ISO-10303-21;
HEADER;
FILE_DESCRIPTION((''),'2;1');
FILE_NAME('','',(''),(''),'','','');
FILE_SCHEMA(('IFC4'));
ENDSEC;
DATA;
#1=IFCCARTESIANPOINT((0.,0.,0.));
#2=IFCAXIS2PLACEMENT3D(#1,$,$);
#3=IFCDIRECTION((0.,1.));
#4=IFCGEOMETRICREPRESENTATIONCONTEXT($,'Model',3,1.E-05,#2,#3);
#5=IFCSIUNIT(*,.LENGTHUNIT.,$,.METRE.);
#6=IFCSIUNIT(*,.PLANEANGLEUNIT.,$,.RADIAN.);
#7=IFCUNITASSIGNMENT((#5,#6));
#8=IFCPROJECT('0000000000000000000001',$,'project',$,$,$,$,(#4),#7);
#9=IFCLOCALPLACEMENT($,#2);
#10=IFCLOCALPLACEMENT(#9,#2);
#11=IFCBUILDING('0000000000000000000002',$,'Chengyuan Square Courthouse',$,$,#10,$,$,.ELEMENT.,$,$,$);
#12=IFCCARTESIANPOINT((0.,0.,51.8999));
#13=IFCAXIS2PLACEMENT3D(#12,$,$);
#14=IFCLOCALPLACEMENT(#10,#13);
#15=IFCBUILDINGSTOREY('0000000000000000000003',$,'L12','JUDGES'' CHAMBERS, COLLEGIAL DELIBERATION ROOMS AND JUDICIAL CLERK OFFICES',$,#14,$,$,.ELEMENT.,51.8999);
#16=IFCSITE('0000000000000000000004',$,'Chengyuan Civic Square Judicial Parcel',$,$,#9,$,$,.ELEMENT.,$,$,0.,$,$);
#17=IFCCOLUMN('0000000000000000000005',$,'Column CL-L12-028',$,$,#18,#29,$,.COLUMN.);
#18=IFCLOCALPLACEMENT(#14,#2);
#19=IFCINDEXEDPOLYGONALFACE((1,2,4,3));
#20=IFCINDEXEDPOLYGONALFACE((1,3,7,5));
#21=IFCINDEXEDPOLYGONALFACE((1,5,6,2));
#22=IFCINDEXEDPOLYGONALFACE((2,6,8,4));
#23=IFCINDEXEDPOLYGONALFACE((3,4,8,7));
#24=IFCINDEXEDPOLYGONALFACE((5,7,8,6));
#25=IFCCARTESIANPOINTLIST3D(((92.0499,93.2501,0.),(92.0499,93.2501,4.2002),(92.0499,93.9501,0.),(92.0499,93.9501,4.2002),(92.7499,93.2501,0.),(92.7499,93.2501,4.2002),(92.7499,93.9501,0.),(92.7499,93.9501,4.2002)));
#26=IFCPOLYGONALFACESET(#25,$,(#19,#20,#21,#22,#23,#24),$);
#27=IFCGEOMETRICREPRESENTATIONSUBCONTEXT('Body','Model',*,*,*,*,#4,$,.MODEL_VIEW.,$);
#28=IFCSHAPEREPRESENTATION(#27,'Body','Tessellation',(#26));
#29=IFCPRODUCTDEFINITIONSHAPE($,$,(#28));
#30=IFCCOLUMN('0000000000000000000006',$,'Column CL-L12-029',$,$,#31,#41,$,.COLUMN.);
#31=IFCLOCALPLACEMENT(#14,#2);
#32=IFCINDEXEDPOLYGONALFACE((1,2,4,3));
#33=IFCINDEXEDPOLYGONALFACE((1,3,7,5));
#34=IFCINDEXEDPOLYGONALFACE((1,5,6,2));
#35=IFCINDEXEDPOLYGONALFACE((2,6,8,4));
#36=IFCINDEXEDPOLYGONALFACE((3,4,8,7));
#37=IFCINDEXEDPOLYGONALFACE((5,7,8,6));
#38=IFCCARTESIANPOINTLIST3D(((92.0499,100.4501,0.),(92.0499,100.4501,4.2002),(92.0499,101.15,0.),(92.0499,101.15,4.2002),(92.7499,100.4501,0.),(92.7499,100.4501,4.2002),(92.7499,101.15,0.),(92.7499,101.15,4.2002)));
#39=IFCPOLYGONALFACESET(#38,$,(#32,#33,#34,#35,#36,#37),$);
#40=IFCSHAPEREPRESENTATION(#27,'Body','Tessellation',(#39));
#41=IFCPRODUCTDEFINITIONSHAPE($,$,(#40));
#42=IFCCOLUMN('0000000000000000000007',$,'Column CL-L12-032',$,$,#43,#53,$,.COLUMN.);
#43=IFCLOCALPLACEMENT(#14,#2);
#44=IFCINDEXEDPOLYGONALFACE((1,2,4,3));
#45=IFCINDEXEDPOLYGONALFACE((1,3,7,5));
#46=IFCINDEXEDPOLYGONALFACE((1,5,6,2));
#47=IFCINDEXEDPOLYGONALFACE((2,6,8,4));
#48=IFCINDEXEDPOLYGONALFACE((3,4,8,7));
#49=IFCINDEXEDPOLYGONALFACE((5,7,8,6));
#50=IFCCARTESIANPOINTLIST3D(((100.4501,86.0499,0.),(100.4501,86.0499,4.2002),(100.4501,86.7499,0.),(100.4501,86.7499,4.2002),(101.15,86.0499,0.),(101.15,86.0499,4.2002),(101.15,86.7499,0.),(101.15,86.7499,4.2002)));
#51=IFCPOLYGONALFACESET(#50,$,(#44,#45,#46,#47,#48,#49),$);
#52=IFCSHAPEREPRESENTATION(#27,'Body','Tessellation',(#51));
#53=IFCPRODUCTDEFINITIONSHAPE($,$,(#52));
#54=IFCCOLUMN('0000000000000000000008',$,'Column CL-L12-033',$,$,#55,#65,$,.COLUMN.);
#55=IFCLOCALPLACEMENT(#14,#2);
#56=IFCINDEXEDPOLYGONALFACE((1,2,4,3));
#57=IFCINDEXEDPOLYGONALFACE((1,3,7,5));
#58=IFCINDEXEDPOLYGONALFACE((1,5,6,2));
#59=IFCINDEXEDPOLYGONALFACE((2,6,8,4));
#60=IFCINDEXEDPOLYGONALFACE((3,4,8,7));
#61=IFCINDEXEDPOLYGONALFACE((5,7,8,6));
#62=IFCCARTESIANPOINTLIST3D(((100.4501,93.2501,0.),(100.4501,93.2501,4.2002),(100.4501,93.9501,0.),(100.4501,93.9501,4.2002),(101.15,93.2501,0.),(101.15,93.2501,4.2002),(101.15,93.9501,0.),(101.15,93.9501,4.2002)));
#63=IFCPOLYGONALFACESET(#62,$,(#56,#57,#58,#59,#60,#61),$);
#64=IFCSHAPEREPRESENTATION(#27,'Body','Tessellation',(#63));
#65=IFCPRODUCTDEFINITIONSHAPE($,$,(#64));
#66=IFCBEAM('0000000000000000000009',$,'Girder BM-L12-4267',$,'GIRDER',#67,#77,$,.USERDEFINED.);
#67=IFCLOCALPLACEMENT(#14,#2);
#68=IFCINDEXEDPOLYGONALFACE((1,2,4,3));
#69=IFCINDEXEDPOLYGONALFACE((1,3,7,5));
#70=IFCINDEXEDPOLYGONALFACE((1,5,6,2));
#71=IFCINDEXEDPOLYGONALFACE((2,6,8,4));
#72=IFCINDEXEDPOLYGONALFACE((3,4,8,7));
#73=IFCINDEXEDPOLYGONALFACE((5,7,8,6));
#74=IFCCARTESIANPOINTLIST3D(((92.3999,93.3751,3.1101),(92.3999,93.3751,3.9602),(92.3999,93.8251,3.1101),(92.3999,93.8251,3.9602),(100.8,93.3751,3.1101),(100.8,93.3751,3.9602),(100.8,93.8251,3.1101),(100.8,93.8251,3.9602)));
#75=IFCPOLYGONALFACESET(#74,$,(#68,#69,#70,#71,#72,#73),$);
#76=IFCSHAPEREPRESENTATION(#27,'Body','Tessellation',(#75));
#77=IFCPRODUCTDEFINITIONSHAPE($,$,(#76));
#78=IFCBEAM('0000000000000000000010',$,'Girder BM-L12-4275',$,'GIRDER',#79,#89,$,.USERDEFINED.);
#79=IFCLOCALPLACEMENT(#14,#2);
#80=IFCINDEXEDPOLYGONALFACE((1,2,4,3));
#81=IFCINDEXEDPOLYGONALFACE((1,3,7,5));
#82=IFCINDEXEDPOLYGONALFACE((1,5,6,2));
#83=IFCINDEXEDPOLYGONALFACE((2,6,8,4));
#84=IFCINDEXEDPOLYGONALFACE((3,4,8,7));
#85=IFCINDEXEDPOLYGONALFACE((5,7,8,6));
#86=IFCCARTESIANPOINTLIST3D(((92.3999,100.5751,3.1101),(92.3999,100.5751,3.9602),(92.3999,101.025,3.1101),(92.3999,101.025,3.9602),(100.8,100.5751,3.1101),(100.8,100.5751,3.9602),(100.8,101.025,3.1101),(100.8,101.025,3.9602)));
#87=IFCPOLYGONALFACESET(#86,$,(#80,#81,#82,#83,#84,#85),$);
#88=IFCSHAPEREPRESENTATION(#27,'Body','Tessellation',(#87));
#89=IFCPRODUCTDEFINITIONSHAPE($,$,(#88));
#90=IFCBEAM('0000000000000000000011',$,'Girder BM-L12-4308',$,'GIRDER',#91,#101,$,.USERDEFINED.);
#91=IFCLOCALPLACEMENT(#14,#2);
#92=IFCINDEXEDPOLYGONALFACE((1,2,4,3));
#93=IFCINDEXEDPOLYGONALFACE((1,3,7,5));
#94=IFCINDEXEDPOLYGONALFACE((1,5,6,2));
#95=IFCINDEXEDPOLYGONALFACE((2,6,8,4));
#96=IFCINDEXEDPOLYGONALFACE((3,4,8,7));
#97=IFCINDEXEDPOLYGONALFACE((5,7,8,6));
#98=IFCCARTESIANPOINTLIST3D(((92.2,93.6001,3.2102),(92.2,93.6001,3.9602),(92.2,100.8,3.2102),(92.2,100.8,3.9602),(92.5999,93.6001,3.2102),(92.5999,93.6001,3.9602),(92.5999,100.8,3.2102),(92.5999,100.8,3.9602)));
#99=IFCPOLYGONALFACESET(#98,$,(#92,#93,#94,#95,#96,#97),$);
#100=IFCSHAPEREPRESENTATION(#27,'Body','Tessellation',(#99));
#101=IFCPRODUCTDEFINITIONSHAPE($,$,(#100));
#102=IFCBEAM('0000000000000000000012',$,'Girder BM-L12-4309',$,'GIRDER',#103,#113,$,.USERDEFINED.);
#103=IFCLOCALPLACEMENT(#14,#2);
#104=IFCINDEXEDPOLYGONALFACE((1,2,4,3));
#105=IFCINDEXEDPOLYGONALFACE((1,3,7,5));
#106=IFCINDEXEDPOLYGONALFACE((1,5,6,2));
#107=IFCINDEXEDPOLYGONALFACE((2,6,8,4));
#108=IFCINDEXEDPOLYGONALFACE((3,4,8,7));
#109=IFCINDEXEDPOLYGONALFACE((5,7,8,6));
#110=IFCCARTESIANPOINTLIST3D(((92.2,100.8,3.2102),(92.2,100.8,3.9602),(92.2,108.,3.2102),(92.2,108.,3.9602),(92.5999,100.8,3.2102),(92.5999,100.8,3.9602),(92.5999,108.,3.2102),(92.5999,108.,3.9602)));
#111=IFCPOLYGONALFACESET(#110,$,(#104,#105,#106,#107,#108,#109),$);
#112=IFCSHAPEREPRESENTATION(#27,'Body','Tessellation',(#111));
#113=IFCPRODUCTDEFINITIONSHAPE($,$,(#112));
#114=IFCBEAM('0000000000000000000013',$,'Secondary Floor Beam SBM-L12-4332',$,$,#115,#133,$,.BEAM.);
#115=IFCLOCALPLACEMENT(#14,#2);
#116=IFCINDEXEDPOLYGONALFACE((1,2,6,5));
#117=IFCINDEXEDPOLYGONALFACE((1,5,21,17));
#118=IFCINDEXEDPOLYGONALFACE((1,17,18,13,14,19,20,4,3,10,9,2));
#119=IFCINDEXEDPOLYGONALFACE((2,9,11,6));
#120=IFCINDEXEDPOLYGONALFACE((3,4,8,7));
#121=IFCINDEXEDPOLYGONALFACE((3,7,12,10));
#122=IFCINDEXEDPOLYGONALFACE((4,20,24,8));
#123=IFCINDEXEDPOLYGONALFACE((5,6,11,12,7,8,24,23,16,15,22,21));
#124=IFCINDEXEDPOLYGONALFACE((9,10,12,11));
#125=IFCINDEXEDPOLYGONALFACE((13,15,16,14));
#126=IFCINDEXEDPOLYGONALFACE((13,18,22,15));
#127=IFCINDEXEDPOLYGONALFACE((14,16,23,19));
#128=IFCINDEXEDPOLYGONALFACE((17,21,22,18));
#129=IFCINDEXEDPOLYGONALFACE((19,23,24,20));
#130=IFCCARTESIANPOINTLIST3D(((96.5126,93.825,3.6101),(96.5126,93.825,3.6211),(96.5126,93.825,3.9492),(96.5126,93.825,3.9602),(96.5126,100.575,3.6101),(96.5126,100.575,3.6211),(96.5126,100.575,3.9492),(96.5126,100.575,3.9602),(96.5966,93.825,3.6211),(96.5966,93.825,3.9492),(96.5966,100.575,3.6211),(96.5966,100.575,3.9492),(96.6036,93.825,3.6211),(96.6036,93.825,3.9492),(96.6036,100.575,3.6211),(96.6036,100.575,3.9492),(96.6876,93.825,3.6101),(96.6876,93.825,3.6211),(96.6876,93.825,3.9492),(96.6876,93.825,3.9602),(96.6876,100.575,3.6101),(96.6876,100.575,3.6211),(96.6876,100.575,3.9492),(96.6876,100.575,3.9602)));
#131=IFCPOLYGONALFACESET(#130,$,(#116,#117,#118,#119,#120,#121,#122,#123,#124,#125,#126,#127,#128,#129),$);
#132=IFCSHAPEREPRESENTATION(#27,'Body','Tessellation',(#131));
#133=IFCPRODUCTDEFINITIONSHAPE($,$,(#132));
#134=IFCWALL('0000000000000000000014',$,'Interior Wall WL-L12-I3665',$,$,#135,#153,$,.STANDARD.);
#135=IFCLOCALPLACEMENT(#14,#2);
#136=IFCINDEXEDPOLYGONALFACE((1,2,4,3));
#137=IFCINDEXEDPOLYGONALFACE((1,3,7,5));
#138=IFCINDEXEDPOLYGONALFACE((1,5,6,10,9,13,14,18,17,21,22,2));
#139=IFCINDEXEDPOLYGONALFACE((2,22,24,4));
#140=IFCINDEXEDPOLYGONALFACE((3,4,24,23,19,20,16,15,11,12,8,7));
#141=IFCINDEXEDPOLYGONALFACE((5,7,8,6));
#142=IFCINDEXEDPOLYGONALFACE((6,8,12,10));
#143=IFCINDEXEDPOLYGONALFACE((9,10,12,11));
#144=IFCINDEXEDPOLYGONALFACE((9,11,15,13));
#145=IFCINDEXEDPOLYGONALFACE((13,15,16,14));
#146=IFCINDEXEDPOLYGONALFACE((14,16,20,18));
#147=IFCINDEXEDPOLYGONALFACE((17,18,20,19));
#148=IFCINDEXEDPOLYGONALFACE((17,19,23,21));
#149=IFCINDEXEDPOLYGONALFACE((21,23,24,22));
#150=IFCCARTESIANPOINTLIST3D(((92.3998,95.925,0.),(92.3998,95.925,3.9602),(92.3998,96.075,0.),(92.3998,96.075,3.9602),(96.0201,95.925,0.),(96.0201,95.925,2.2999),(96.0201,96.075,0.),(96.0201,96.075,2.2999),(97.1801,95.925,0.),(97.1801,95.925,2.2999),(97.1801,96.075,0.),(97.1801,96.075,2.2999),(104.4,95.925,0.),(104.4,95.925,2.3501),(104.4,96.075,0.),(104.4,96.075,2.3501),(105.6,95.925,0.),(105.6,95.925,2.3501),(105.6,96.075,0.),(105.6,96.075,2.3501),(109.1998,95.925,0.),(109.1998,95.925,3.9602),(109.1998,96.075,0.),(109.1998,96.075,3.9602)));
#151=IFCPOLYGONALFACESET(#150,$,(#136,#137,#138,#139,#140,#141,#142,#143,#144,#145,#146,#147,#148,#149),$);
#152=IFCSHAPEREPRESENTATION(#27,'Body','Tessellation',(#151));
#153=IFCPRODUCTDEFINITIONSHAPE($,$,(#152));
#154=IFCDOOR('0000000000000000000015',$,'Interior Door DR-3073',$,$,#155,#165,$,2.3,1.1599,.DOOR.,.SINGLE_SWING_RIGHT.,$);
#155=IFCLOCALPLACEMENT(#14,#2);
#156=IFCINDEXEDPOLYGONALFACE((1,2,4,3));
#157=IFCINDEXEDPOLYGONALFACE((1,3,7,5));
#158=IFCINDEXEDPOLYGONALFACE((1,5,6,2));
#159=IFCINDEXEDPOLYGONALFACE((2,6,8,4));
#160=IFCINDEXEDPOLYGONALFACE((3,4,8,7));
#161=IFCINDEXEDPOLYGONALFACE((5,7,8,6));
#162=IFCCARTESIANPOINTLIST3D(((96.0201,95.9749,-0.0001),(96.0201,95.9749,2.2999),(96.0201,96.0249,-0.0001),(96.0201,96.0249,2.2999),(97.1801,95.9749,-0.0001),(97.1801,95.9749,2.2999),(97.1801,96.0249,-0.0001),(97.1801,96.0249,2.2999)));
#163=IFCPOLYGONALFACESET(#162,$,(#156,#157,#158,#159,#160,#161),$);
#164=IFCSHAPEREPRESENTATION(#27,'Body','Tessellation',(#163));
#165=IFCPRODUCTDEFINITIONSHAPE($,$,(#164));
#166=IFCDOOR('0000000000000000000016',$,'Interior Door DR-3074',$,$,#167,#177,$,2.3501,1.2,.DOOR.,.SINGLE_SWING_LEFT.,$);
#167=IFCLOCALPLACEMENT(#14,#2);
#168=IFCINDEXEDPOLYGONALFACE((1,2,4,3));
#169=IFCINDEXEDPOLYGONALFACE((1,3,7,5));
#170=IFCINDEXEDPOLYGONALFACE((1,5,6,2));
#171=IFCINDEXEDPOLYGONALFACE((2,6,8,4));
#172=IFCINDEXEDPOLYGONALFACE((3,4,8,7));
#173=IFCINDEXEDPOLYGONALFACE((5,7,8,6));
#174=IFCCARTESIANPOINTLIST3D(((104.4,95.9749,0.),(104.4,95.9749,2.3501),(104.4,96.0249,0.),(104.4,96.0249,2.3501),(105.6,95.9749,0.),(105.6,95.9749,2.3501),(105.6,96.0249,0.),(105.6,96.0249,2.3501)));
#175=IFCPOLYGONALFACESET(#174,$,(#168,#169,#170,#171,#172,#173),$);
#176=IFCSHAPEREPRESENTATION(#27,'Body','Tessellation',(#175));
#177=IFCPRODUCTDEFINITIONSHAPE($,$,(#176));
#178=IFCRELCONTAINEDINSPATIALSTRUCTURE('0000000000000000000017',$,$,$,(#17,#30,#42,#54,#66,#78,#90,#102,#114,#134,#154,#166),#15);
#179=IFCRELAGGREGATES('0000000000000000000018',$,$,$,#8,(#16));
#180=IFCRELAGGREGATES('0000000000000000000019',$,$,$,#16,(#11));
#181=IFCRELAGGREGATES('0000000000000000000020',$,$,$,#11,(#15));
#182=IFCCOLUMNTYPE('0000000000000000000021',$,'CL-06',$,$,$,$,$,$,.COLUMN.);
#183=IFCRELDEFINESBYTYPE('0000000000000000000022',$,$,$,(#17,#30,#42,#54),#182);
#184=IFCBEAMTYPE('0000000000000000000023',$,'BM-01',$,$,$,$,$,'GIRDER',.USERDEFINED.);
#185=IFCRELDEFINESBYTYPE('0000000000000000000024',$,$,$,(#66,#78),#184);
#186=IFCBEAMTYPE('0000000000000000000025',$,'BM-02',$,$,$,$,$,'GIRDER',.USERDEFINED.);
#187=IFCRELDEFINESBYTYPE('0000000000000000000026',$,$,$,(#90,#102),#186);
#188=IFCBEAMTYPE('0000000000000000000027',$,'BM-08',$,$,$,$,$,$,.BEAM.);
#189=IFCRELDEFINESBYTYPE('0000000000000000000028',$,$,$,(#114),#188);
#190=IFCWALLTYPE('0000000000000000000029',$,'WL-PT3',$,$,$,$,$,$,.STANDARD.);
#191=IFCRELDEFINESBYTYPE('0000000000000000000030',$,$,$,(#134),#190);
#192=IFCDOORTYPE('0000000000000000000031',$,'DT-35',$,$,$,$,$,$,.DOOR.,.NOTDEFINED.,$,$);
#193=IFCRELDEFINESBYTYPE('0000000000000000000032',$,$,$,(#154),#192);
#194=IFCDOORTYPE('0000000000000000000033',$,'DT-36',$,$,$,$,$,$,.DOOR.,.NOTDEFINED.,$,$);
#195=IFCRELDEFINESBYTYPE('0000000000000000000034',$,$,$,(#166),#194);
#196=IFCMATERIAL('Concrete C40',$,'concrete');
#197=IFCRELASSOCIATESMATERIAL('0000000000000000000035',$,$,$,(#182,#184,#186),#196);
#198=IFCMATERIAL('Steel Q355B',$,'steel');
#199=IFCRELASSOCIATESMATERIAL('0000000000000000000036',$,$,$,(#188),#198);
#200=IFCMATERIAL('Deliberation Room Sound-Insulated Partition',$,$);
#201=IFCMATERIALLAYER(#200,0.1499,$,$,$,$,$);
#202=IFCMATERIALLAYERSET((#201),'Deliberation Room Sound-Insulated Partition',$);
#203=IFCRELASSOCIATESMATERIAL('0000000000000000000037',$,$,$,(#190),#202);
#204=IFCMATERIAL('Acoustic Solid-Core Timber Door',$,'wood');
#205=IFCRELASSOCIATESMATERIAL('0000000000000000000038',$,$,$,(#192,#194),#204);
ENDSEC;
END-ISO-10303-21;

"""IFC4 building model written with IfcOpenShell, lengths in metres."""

from ifc_helpers import new_model, si_unit, direction, frame, frame_2d, origin, origin_2d, place, context, subcontext, project, spatial, rectangle, i_section, extrude, material, layer, layer_set, material_profile, profile_set, type_object, element, fill, save


model = new_model("IFC4")

# Units and contexts
model_context = context("Model", 3, precision=1e-05, world=origin(), true_north=direction((0.0, 1.0)))
body_context = subcontext(model_context, "Body", "Model", "MODEL_VIEW")
ifc_project = project(units=[si_unit("LENGTHUNIT", "METRE"), si_unit("PLANEANGLEUNIT", "RADIAN")], contexts=[model_context])

# Site, building, storey
site_placement = place(None, origin())
site = spatial("IfcSite", under=ifc_project, at=site_placement, Name="Chengyuan Civic Square Judicial Parcel", CompositionType="ELEMENT", RefElevation=0.0)
building_placement = place(site_placement, origin())
building = spatial("IfcBuilding", under=site, at=building_placement, Name="Chengyuan Square Courthouse", CompositionType="ELEMENT")
storey_placement = place(building_placement, frame((0.0, 0.0, 51.8999)))
storey = spatial("IfcBuildingStorey", under=building, at=storey_placement, Name="L12", Description="JUDGES' CHAMBERS, COLLEGIAL DELIBERATION ROOMS AND JUDICIAL CLERK OFFICES", CompositionType="ELEMENT", Elevation=51.8999)

# Columns
ifc_material_1 = material(Name="Concrete C40", Category="concrete")
ifc_material_profile_1 = material_profile(ifc_material_1, rectangle(XDim=0.7, YDim=0.7, at=origin_2d()), Name="RC-COL-700x700")
ifc_profile_set_1 = profile_set([ifc_material_profile_1], Name="Concrete C40")
column_type = type_object("IfcColumnType", Name="CL-06", PredefinedType="COLUMN", material=ifc_profile_set_1)
for number, where, z_axis, x_axis, name in (
    (1, (92.3999, 93.6001, 0.0), (0.0, 0.0, 1.0), (1.0, 0.0, 0.0), "Column CL-L12-028"),
    (2, (92.3999, 100.8, 0.0), (0.0, 0.0, 1.0), (1.0, 0.0, 0.0), "Column CL-L12-029"),
    (3, (100.8, 86.3999, 0.0), (0.0, 0.0, 1.0), (1.0, 0.0, 0.0), "Column CL-L12-032"),
    (4, (100.8, 93.6001, 0.0), (0.0, 0.0, 1.0), (1.0, 0.0, 0.0), "Column CL-L12-033"),
):
    element("IfcColumn", number, at=place(storey_placement, frame(where, z_axis=z_axis, x_axis=x_axis)), inside=storey, type_object=column_type, Name=name, PredefinedType="COLUMN", context=body_context, shape_type="SweptSolid", body=[
        extrude(rectangle(XDim=0.7, YDim=0.7, at=origin_2d()), origin(), (0.0, 0.0, 1.0), 4.2002),
    ])

# Beams
ifc_material_profile_2 = material_profile(ifc_material_1, rectangle(XDim=0.45, YDim=0.8501, at=origin_2d()), Name="RC-BM-450x850")
ifc_profile_set_2 = profile_set([ifc_material_profile_2], Name="Concrete C40")
beam_type_1 = type_object("IfcBeamType", Name="BM-01", ElementType="GIRDER", PredefinedType="USERDEFINED", material=ifc_profile_set_2)
for number, where, z_axis, x_axis, name in (
    (5, (92.3999, 93.6001, 3.5352), (1.0, 0.0, 0.0), (0.0, 1.0, 0.0), "Girder BM-L12-4267"),
    (6, (92.3999, 100.8, 3.5352), (1.0, 0.0, 0.0), (0.0, 1.0, 0.0), "Girder BM-L12-4275"),
):
    element("IfcBeam", number, at=place(storey_placement, frame(where, z_axis=z_axis, x_axis=x_axis)), inside=storey, type_object=beam_type_1, Name=name, ObjectType="GIRDER", PredefinedType="USERDEFINED", context=body_context, shape_type="SweptSolid", body=[
        extrude(rectangle(XDim=0.45, YDim=0.8501, at=origin_2d()), origin(), (0.0, 0.0, 1.0), 8.4001),
    ])
ifc_material_profile_3 = material_profile(ifc_material_1, rectangle(XDim=0.3999, YDim=0.75, at=origin_2d()), Name="RC-BM-400x750")
ifc_profile_set_3 = profile_set([ifc_material_profile_3], Name="Concrete C40")
beam_type_2 = type_object("IfcBeamType", Name="BM-02", ElementType="GIRDER", PredefinedType="USERDEFINED", material=ifc_profile_set_3)
for number, where, z_axis, x_axis, name in (
    (7, (92.3999, 93.6001, 3.5852), (0.0, 1.0, 0.0), (-1.0, 0.0, 0.0), "Girder BM-L12-4308"),
    (8, (92.3999, 100.8, 3.5852), (0.0, 1.0, 0.0), (-1.0, 0.0, 0.0), "Girder BM-L12-4309"),
):
    element("IfcBeam", number, at=place(storey_placement, frame(where, z_axis=z_axis, x_axis=x_axis)), inside=storey, type_object=beam_type_2, Name=name, ObjectType="GIRDER", PredefinedType="USERDEFINED", context=body_context, shape_type="SweptSolid", body=[
        extrude(rectangle(XDim=0.3999, YDim=0.75, at=origin_2d()), origin(), (0.0, 0.0, 1.0), 7.2),
    ])
ifc_material_2 = material(Name="Steel Q355B", Category="steel")
ifc_material_profile_4 = material_profile(ifc_material_2, i_section(OverallWidth=0.175, OverallDepth=0.3501, WebThickness=0.0071, FlangeThickness=0.011, at=origin_2d()), Name="HN 350x175x7x11")
ifc_profile_set_4 = profile_set([ifc_material_profile_4], Name="Steel Q355B")
beam_type_3 = type_object("IfcBeamType", Name="BM-08", PredefinedType="BEAM", material=ifc_profile_set_4)
beam_placement = place(storey_placement, frame((96.6001, 93.825, 3.7852), z_axis=(0.0, 1.0, 0.0), x_axis=(-1.0, 0.0, 0.0)))
element("IfcBeam", 9, at=beam_placement, inside=storey, type_object=beam_type_3, Name="Secondary Floor Beam SBM-L12-4332", PredefinedType="BEAM", context=body_context, shape_type="SweptSolid", body=[
    extrude(i_section(OverallWidth=0.175, OverallDepth=0.3501, WebThickness=0.0071, FlangeThickness=0.011, at=origin_2d()), origin(), (0.0, 0.0, 1.0), 6.75),
])

# Wall, openings, doors
ifc_material_3 = material(Name="Deliberation Room Sound-Insulated Partition")
ifc_layer = layer(ifc_material_3, 0.1499)
ifc_layer_set = layer_set([ifc_layer], Name="Deliberation Room Sound-Insulated Partition")
wall_type = type_object("IfcWallType", Name="WL-PT3", PredefinedType="STANDARD", material=ifc_layer_set)
wall_1_placement = place(storey_placement, frame((92.3999, 96.0, 0.0), z_axis=(0.0, 0.0, 1.0), x_axis=(1.0, 0.0, 0.0)))
wall_1 = element("IfcWall", 10, at=wall_1_placement, inside=storey, type_object=wall_type, Name="Interior Wall WL-L12-I3665", PredefinedType="STANDARD", context=body_context, shape_type="SweptSolid", body=[
    extrude(rectangle(XDim=16.8, YDim=0.1499, at=frame_2d((8.3999, 0.0))), origin(), (0.0, 0.0, 1.0), 3.9602),
])
opening_1_placement = place(wall_1_placement, frame((3.6201, 0.0, 0.0)))
opening_1 = element("IfcOpeningElement", 11, at=opening_1_placement, cuts=wall_1, PredefinedType="OPENING", context=body_context, shape_type="SweptSolid", body=[
    extrude(rectangle(XDim=1.1599, YDim=2.3, at=frame_2d((0.5801, 1.1499))), frame((0.0, 0.0869, 0.0), z_axis=(0.0, -1.0, 0.0), x_axis=(1.0, 0.0, 0.0)), (0.0, 0.0, 1.0), 0.1738),
])
opening_2_placement = place(wall_1_placement, frame((12.0, 0.0, 0.0)))
opening_2 = element("IfcOpeningElement", 12, at=opening_2_placement, cuts=wall_1, PredefinedType="OPENING", context=body_context, shape_type="SweptSolid", body=[
    extrude(rectangle(XDim=1.2, YDim=2.3501, at=frame_2d((0.6001, 1.175))), frame((0.0, 0.0869, 0.0), z_axis=(0.0, -1.0, 0.0), x_axis=(1.0, 0.0, 0.0)), (0.0, 0.0, 1.0), 0.1738),
])
ifc_material_4 = material(Name="Acoustic Solid-Core Timber Door", Category="wood")
door_type_1 = type_object("IfcDoorType", Name="DT-35", OperationType="NOTDEFINED", PredefinedType="DOOR", material=ifc_material_4)
door_1_placement = place(opening_1_placement, origin())
door_1 = element("IfcDoor", 13, at=door_1_placement, inside=storey, type_object=door_type_1, Name="Interior Door DR-3073", OperationType="SINGLE_SWING_RIGHT", OverallHeight=2.3, OverallWidth=1.1599, PredefinedType="DOOR", context=body_context, shape_type="SweptSolid", body=[
    extrude(rectangle(XDim=1.1599, YDim=2.3, at=frame_2d((0.5801, 1.1499))), frame((0.0, 0.0249, 0.0), z_axis=(0.0, -1.0, 0.0), x_axis=(1.0, 0.0, 0.0)), (0.0, 0.0, 1.0), 0.05),
])
fill(opening_1, door_1)
door_type_2 = type_object("IfcDoorType", Name="DT-36", OperationType="NOTDEFINED", PredefinedType="DOOR", material=ifc_material_4)
door_2_placement = place(opening_2_placement, origin())
door_2 = element("IfcDoor", 14, at=door_2_placement, inside=storey, type_object=door_type_2, Name="Interior Door DR-3074", OperationType="SINGLE_SWING_LEFT", OverallHeight=2.3501, OverallWidth=1.2, PredefinedType="DOOR", context=body_context, shape_type="SweptSolid", body=[
    extrude(rectangle(XDim=1.2, YDim=2.3501, at=frame_2d((0.6001, 1.175))), frame((0.0, 0.0249, 0.0), z_axis=(0.0, -1.0, 0.0), x_axis=(1.0, 0.0, 0.0)), (0.0, 0.0, 1.0), 0.05),
])
fill(opening_2, door_2)

save(model, "model.ifc")
